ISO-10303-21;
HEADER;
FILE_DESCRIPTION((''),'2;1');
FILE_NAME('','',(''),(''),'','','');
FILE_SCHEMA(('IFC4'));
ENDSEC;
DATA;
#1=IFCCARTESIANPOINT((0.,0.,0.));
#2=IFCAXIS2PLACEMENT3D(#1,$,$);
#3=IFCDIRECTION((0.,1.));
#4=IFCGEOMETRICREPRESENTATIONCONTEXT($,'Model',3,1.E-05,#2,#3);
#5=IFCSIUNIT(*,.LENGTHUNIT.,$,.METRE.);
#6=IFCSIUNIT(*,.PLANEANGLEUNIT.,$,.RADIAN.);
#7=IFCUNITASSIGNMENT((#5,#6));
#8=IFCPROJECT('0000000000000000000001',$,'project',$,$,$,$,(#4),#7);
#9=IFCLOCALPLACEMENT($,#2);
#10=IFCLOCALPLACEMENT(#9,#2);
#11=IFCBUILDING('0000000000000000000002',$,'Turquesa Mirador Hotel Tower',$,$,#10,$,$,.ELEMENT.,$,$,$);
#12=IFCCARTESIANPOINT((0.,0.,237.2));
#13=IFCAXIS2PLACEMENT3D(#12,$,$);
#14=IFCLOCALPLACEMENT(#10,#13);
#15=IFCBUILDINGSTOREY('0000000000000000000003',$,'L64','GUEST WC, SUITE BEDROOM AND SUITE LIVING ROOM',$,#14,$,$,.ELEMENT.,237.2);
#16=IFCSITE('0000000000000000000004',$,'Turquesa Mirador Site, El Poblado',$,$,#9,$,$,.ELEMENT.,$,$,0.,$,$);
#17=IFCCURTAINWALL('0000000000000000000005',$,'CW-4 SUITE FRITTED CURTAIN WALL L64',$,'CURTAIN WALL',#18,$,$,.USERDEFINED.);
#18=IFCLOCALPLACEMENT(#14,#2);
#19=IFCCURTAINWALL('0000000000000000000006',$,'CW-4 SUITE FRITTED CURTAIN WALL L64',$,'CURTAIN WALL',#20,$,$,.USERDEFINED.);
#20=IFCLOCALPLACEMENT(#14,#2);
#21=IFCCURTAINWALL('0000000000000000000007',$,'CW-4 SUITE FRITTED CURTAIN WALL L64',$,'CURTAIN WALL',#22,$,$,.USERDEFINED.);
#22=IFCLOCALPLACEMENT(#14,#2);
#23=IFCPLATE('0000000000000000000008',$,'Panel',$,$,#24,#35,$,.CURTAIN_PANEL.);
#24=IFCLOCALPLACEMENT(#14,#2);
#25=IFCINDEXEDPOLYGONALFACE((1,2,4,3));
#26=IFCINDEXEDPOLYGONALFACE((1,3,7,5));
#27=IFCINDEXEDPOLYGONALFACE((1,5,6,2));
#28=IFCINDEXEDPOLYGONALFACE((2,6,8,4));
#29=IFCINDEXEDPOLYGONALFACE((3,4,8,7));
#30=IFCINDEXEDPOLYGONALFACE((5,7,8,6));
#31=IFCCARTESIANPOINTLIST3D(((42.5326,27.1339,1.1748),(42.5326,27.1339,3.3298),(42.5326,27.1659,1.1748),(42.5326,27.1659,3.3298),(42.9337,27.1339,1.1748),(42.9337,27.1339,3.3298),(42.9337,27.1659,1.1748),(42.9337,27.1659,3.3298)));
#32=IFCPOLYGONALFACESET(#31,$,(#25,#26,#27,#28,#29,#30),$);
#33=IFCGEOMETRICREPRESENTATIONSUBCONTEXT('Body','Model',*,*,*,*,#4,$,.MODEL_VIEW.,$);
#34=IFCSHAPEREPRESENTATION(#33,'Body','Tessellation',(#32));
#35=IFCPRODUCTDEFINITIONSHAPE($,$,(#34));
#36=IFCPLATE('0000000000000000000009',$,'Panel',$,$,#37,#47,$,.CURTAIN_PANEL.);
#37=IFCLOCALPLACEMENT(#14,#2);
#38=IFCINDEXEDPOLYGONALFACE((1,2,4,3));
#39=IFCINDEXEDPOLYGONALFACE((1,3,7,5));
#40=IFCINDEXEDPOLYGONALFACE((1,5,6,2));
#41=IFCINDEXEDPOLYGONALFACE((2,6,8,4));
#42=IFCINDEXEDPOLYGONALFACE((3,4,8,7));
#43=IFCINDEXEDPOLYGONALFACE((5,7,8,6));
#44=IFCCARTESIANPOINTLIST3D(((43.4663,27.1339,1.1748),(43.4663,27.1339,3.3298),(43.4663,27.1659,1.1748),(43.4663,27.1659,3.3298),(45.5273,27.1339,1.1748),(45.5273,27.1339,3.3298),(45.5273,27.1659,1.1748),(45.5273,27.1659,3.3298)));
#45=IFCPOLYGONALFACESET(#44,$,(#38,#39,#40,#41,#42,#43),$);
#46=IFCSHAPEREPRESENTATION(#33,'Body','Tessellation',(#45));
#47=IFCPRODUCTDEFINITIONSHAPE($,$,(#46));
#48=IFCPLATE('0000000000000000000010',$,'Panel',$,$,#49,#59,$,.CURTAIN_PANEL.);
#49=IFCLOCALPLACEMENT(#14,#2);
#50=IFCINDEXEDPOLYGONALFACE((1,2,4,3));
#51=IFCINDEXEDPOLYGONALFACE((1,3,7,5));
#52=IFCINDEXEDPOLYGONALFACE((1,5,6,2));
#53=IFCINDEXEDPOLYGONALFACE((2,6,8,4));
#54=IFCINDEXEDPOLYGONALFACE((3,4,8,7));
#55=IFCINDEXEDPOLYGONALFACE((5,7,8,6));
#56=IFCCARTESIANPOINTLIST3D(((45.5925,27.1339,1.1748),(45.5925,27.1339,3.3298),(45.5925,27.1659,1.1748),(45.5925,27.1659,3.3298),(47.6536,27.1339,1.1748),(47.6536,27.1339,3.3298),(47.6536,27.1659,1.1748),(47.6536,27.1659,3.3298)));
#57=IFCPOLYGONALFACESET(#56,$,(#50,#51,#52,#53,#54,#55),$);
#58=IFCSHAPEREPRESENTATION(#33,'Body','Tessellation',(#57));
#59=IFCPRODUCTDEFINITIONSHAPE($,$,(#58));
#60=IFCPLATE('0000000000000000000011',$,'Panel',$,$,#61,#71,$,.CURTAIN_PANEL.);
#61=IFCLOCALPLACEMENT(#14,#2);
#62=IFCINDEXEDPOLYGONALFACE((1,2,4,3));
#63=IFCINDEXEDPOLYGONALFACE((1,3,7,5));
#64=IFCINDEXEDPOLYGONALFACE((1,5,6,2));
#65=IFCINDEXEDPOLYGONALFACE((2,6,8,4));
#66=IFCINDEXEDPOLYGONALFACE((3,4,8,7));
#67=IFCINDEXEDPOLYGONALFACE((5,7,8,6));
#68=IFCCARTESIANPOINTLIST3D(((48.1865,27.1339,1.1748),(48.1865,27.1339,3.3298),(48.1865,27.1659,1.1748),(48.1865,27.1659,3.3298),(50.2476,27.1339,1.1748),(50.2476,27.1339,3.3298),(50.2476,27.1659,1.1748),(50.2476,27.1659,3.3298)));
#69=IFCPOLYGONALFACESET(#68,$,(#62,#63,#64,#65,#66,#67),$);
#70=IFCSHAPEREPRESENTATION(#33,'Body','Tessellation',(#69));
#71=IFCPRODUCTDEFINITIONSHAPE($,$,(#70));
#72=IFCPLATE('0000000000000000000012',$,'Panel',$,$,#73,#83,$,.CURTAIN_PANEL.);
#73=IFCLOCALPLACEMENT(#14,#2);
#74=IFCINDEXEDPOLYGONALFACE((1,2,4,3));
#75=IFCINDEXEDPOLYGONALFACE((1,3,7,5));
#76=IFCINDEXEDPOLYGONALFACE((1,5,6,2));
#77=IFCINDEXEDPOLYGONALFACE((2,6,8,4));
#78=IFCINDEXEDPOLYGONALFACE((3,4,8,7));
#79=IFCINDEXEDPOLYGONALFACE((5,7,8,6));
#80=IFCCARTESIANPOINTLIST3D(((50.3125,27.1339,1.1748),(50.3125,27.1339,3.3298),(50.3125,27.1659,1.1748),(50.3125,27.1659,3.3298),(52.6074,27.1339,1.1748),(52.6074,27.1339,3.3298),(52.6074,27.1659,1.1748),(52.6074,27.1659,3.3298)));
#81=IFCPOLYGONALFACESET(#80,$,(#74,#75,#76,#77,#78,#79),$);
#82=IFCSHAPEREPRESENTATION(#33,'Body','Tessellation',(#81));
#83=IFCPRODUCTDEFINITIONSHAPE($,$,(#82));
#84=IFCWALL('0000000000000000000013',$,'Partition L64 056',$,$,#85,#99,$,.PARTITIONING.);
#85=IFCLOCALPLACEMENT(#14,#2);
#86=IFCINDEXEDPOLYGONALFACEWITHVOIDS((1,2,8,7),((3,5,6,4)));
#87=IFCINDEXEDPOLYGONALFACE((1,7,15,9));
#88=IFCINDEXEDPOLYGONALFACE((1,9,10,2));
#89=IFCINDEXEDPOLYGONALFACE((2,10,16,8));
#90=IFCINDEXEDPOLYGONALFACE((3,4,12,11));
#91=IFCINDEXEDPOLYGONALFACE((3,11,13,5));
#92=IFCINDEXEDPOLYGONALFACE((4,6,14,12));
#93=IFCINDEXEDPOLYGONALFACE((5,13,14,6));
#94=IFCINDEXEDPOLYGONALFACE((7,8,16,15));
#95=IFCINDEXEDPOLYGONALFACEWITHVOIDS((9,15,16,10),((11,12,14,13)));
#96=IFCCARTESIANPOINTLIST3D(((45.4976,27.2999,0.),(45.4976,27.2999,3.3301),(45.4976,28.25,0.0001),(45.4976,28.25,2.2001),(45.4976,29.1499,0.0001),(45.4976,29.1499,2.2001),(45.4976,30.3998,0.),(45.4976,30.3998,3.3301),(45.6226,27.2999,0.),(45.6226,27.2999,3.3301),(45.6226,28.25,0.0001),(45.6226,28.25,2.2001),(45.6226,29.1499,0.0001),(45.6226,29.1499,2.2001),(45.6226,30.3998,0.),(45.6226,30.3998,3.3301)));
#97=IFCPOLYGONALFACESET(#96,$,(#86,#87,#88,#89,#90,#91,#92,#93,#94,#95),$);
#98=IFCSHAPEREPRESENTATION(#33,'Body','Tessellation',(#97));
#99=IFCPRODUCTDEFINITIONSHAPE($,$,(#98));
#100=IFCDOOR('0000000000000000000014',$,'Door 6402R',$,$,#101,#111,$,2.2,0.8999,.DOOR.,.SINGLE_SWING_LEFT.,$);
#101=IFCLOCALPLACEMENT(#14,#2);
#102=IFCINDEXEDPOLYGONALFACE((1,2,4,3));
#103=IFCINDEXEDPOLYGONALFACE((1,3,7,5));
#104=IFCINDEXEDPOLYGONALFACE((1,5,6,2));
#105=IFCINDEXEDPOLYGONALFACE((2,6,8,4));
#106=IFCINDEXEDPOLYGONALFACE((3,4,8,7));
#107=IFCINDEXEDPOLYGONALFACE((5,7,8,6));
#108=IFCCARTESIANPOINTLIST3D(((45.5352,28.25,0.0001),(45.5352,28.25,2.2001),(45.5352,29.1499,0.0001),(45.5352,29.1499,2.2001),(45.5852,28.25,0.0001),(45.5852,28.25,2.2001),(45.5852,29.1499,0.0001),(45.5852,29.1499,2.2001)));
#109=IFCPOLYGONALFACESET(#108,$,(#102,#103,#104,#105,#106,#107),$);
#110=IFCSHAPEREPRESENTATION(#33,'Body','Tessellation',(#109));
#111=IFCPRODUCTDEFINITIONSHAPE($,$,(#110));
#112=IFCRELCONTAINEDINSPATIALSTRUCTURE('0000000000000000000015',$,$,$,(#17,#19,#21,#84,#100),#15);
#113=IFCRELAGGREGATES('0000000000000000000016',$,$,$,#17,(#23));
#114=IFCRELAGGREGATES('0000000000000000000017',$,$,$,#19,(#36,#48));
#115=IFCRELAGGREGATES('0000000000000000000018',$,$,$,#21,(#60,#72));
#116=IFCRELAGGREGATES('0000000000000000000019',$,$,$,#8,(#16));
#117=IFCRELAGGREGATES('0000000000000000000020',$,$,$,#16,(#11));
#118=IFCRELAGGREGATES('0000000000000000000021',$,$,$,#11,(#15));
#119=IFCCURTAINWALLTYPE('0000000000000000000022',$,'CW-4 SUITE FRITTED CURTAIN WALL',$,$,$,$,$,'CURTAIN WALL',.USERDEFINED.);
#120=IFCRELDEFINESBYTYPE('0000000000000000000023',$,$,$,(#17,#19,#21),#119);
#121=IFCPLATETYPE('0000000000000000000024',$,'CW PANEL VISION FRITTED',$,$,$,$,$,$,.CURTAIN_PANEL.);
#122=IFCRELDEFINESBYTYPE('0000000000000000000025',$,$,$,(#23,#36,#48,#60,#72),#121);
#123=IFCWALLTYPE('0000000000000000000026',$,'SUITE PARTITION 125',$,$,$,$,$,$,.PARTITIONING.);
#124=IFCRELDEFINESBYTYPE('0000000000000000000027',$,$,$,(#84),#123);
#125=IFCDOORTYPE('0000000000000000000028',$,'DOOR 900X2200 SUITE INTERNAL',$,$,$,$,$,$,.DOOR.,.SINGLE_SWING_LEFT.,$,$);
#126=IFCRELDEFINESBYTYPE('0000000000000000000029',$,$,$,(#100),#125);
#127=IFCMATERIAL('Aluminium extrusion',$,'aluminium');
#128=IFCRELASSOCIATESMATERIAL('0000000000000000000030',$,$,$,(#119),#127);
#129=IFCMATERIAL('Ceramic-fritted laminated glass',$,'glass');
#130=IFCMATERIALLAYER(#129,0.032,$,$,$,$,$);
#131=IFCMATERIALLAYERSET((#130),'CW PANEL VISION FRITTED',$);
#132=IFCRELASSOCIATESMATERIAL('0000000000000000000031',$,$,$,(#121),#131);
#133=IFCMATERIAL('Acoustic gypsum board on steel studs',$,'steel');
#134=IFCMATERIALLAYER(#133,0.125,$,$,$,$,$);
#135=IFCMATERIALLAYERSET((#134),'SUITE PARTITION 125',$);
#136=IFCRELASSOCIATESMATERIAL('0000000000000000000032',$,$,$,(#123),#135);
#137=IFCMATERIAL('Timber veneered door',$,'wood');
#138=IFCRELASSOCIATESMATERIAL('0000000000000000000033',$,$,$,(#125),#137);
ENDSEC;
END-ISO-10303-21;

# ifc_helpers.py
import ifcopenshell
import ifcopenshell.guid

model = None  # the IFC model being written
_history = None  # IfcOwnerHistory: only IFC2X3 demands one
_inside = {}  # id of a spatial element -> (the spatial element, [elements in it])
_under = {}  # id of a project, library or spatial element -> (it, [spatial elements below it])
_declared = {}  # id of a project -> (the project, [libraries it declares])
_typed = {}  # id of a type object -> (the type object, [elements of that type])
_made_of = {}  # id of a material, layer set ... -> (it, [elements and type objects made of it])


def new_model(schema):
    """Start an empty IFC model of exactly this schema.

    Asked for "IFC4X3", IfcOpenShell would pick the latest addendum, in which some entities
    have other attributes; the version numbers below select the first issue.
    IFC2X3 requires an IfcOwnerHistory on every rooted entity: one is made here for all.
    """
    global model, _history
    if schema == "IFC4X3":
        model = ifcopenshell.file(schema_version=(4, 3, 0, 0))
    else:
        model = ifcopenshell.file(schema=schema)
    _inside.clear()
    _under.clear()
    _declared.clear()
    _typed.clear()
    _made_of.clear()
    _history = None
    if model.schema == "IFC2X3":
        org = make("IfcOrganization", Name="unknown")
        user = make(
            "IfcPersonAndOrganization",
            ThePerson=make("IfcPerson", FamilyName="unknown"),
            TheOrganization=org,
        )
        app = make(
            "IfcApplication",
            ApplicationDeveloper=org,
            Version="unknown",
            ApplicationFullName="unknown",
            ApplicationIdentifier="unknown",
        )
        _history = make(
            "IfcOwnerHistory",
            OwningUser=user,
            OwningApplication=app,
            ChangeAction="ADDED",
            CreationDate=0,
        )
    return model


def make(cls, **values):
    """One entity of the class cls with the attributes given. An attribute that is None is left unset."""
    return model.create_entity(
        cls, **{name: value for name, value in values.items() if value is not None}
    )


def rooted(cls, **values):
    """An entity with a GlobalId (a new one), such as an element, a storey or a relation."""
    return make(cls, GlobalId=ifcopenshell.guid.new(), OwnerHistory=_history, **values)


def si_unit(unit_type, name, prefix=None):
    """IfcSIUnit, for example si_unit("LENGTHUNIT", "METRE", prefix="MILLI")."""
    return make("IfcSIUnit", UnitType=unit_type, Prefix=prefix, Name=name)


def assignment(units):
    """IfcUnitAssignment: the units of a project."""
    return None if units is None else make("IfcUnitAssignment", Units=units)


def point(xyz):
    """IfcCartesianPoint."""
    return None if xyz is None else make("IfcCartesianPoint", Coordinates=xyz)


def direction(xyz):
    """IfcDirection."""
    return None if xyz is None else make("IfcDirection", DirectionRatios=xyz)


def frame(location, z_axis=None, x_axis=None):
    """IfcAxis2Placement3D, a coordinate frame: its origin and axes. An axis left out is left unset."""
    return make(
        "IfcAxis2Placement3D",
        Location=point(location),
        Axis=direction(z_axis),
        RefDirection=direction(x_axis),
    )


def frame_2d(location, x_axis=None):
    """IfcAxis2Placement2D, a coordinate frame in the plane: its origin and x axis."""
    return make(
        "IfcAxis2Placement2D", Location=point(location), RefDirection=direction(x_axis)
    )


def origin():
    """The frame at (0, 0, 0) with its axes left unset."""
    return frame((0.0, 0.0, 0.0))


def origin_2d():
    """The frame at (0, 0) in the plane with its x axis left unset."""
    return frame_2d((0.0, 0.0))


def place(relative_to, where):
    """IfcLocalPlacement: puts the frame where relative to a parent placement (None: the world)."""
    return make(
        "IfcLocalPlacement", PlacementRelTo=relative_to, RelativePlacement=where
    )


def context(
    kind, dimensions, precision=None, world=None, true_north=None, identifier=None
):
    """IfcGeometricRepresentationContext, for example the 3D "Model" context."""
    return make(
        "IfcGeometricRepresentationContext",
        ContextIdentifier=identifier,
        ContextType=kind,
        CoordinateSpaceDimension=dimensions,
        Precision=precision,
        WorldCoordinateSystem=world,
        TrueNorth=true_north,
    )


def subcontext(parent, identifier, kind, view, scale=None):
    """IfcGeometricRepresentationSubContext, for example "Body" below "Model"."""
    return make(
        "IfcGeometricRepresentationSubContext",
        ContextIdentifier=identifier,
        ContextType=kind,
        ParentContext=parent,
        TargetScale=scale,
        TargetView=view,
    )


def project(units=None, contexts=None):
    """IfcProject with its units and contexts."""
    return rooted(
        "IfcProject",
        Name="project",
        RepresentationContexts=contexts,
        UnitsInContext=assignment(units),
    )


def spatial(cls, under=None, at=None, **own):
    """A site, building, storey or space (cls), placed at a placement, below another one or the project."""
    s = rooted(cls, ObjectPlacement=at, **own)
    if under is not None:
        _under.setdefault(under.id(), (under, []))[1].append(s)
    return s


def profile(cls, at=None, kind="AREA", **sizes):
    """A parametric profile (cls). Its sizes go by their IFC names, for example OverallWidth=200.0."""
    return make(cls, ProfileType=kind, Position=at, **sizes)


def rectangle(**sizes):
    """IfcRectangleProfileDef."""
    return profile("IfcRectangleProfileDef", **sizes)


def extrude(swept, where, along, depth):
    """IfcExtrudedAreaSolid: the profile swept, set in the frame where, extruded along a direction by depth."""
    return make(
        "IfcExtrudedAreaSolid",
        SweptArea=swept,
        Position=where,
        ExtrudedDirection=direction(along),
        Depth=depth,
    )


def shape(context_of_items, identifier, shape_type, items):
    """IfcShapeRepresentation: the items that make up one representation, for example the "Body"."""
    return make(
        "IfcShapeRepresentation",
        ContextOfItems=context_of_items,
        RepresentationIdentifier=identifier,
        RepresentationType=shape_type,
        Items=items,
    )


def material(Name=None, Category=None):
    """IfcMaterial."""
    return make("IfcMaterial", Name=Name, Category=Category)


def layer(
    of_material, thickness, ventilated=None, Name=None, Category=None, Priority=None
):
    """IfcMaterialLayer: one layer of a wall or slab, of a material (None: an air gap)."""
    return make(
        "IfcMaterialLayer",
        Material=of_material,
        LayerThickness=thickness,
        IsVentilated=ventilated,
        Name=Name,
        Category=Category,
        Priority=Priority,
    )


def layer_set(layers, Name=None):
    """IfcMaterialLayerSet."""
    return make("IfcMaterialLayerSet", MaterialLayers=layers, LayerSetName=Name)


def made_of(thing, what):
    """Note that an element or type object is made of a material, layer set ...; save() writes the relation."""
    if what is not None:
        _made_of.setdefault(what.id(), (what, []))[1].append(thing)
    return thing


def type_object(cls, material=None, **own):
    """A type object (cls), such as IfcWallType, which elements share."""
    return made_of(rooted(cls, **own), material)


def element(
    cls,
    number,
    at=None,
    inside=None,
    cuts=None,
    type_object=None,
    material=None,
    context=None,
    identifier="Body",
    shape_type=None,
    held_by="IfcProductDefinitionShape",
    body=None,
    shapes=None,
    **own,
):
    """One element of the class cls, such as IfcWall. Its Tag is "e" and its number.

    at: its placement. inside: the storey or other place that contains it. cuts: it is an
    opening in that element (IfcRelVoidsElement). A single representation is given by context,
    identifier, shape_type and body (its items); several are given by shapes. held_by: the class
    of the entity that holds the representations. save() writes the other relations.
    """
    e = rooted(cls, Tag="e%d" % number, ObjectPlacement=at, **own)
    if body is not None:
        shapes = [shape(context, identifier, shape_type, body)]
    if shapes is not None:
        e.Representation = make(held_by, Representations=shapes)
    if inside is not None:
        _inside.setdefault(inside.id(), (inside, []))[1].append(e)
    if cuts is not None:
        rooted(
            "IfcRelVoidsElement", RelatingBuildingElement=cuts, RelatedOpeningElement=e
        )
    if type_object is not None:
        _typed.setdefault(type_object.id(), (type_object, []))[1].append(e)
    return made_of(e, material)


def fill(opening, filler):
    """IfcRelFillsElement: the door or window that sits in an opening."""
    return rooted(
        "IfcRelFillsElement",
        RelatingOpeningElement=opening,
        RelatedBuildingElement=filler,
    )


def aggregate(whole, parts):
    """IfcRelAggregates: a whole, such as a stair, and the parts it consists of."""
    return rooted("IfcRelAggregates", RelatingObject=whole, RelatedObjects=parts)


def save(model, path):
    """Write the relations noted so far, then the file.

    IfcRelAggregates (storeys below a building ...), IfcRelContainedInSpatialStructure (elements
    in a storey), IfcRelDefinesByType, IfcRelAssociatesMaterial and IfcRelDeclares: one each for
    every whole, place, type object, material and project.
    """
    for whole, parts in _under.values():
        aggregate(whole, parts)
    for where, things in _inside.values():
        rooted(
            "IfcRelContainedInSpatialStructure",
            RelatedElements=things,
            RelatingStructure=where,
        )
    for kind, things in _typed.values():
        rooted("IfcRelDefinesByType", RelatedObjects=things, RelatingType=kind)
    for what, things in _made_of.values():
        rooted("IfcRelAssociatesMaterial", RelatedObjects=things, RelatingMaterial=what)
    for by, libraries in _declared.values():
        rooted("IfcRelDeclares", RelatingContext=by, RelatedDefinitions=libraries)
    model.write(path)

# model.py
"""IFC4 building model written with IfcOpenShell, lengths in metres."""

from ifc_helpers import new_model, si_unit, direction, frame, frame_2d, origin, origin_2d, place, context, subcontext, project, spatial, rectangle, extrude, material, layer, layer_set, type_object, element, fill, aggregate, save


model = new_model("IFC4")

# Units and contexts
model_context = context("Model", 3, precision=1e-05, world=origin(), true_north=direction((0.0, 1.0)))
body_context = subcontext(model_context, "Body", "Model", "MODEL_VIEW")
ifc_project = project(units=[si_unit("LENGTHUNIT", "METRE"), si_unit("PLANEANGLEUNIT", "RADIAN")], contexts=[model_context])

# Site, building, storey
site_placement = place(None, origin())
site = spatial("IfcSite", under=ifc_project, at=site_placement, Name="Turquesa Mirador Site, El Poblado", CompositionType="ELEMENT", RefElevation=0.0)
building_placement = place(site_placement, origin())
building = spatial("IfcBuilding", under=site, at=building_placement, Name="Turquesa Mirador Hotel Tower", CompositionType="ELEMENT")
storey_placement = place(building_placement, frame((0.0, 0.0, 237.2)))
storey = spatial("IfcBuildingStorey", under=building, at=storey_placement, Name="L64", Description="GUEST WC, SUITE BEDROOM AND SUITE LIVING ROOM", CompositionType="ELEMENT", Elevation=237.2)

# Curtain walls
ifc_material_1 = material(Name="Aluminium extrusion", Category="aluminium")
curtain_wall_type = type_object("IfcCurtainWallType", Name="CW-4 SUITE FRITTED CURTAIN WALL", ElementType="CURTAIN WALL", PredefinedType="USERDEFINED", material=ifc_material_1)
curtain_wall_1_placement = place(storey_placement, origin())
curtain_wall_1 = element("IfcCurtainWall", 1, at=curtain_wall_1_placement, inside=storey, type_object=curtain_wall_type, Name="CW-4 SUITE FRITTED CURTAIN WALL L64", ObjectType="CURTAIN WALL", PredefinedType="USERDEFINED")
curtain_wall_2_placement = place(storey_placement, origin())
curtain_wall_2 = element("IfcCurtainWall", 2, at=curtain_wall_2_placement, inside=storey, type_object=curtain_wall_type, Name="CW-4 SUITE FRITTED CURTAIN WALL L64", ObjectType="CURTAIN WALL", PredefinedType="USERDEFINED")
curtain_wall_3_placement = place(storey_placement, origin())
curtain_wall_3 = element("IfcCurtainWall", 3, at=curtain_wall_3_placement, inside=storey, type_object=curtain_wall_type, Name="CW-4 SUITE FRITTED CURTAIN WALL L64", ObjectType="CURTAIN WALL", PredefinedType="USERDEFINED")

# Plates
ifc_material_2 = material(Name="Ceramic-fritted laminated glass", Category="glass")
ifc_layer_1 = layer(ifc_material_2, 0.032)
ifc_layer_set_1 = layer_set([ifc_layer_1], Name="CW PANEL VISION FRITTED")
plate_type_1 = type_object("IfcPlateType", Name="CW PANEL VISION FRITTED", PredefinedType="CURTAIN_PANEL", material=ifc_layer_set_1)
plate_1_placement = place(storey_placement, frame((42.7332, 27.1499, 1.1748), z_axis=(0.0, 0.0, 1.0), x_axis=(1.0, 0.0, 0.0)))
plate_1 = element("IfcPlate", 4, at=plate_1_placement, type_object=plate_type_1, Name="Panel", PredefinedType="CURTAIN_PANEL", context=body_context, shape_type="SweptSolid", body=[
    extrude(rectangle(XDim=0.4011, YDim=0.032, at=origin_2d()), origin(), (0.0, 0.0, 1.0), 2.155),
])
aggregate(curtain_wall_1, [plate_1])
plate_2_placement = place(storey_placement, frame((44.4968, 27.1499, 1.1748), z_axis=(0.0, 0.0, 1.0), x_axis=(1.0, 0.0, 0.0)))
plate_2 = element("IfcPlate", 5, at=plate_2_placement, type_object=plate_type_1, Name="Panel", PredefinedType="CURTAIN_PANEL", context=body_context, shape_type="SweptSolid", body=[
    extrude(rectangle(XDim=2.061, YDim=0.032, at=origin_2d()), origin(), (0.0, 0.0, 1.0), 2.155),
])
plate_3_placement = place(storey_placement, frame((46.623, 27.1499, 1.1748), z_axis=(0.0, 0.0, 1.0), x_axis=(1.0, 0.0, 0.0)))
plate_3 = element("IfcPlate", 6, at=plate_3_placement, type_object=plate_type_1, Name="Panel", PredefinedType="CURTAIN_PANEL", context=body_context, shape_type="SweptSolid", body=[
    extrude(rectangle(XDim=2.061, YDim=0.032, at=origin_2d()), origin(), (0.0, 0.0, 1.0), 2.155),
])
aggregate(curtain_wall_2, [plate_2, plate_3])
plate_4_placement = place(storey_placement, frame((49.217, 27.1499, 1.1748), z_axis=(0.0, 0.0, 1.0), x_axis=(1.0, 0.0, 0.0)))
plate_4 = element("IfcPlate", 7, at=plate_4_placement, type_object=plate_type_1, Name="Panel", PredefinedType="CURTAIN_PANEL", context=body_context, shape_type="SweptSolid", body=[
    extrude(rectangle(XDim=2.061, YDim=0.032, at=origin_2d()), origin(), (0.0, 0.0, 1.0), 2.155),
])
plate_5_placement = place(storey_placement, frame((51.46, 27.1499, 1.1748), z_axis=(0.0, 0.0, 1.0), x_axis=(1.0, 0.0, 0.0)))
plate_5 = element("IfcPlate", 8, at=plate_5_placement, type_object=plate_type_1, Name="Panel", PredefinedType="CURTAIN_PANEL", context=body_context, shape_type="SweptSolid", body=[
    extrude(rectangle(XDim=2.2949, YDim=0.032, at=origin_2d()), origin(), (0.0, 0.0, 1.0), 2.155),
])
aggregate(curtain_wall_3, [plate_4, plate_5])

# Wall, opening, door
ifc_material_3 = material(Name="Acoustic gypsum board on steel studs", Category="steel")
ifc_layer_2 = layer(ifc_material_3, 0.125)
ifc_layer_set_2 = layer_set([ifc_layer_2], Name="SUITE PARTITION 125")
wall_type = type_object("IfcWallType", Name="SUITE PARTITION 125", PredefinedType="PARTITIONING", material=ifc_layer_set_2)
wall_placement = place(storey_placement, frame((45.5601, 27.3, 0.0), z_axis=(0.0, 0.0, 1.0), x_axis=(0.0, 1.0, 0.0)))
wall = element("IfcWall", 9, at=wall_placement, inside=storey, type_object=wall_type, Name="Partition L64 056", PredefinedType="PARTITIONING", context=body_context, shape_type="SweptSolid", body=[
    extrude(rectangle(XDim=3.0999, YDim=0.125, at=frame_2d((1.5498, 0.0))), origin(), (0.0, 0.0, 1.0), 3.3301),
])
opening_placement = place(wall_placement, frame((0.95, 0.0, 0.0)))
opening = element("IfcOpeningElement", 10, at=opening_placement, cuts=wall, PredefinedType="OPENING", context=body_context, shape_type="SweptSolid", body=[
    extrude(rectangle(XDim=0.8999, YDim=2.2, at=frame_2d((0.45, 1.1001))), frame((0.0, 0.0725, 0.0), z_axis=(0.0, -1.0, 0.0), x_axis=(1.0, 0.0, 0.0)), (0.0, 0.0, 1.0), 0.145),
])
ifc_material_4 = material(Name="Timber veneered door", Category="wood")
door_type = type_object("IfcDoorType", Name="DOOR 900X2200 SUITE INTERNAL", OperationType="SINGLE_SWING_LEFT", PredefinedType="DOOR", material=ifc_material_4)
door_placement = place(opening_placement, origin())
door = element("IfcDoor", 11, at=door_placement, inside=storey, type_object=door_type, Name="Door 6402R", OperationType="SINGLE_SWING_LEFT", OverallHeight=2.2, OverallWidth=0.8999, PredefinedType="DOOR", context=body_context, shape_type="SweptSolid", body=[
    extrude(rectangle(XDim=0.8999, YDim=2.2, at=frame_2d((0.45, 1.1001))), frame((0.0, 0.0249, 0.0), z_axis=(0.0, -1.0, 0.0), x_axis=(1.0, 0.0, 0.0)), (0.0, 0.0, 1.0), 0.05),
])
fill(opening, door)

save(model, "model.ifc")
